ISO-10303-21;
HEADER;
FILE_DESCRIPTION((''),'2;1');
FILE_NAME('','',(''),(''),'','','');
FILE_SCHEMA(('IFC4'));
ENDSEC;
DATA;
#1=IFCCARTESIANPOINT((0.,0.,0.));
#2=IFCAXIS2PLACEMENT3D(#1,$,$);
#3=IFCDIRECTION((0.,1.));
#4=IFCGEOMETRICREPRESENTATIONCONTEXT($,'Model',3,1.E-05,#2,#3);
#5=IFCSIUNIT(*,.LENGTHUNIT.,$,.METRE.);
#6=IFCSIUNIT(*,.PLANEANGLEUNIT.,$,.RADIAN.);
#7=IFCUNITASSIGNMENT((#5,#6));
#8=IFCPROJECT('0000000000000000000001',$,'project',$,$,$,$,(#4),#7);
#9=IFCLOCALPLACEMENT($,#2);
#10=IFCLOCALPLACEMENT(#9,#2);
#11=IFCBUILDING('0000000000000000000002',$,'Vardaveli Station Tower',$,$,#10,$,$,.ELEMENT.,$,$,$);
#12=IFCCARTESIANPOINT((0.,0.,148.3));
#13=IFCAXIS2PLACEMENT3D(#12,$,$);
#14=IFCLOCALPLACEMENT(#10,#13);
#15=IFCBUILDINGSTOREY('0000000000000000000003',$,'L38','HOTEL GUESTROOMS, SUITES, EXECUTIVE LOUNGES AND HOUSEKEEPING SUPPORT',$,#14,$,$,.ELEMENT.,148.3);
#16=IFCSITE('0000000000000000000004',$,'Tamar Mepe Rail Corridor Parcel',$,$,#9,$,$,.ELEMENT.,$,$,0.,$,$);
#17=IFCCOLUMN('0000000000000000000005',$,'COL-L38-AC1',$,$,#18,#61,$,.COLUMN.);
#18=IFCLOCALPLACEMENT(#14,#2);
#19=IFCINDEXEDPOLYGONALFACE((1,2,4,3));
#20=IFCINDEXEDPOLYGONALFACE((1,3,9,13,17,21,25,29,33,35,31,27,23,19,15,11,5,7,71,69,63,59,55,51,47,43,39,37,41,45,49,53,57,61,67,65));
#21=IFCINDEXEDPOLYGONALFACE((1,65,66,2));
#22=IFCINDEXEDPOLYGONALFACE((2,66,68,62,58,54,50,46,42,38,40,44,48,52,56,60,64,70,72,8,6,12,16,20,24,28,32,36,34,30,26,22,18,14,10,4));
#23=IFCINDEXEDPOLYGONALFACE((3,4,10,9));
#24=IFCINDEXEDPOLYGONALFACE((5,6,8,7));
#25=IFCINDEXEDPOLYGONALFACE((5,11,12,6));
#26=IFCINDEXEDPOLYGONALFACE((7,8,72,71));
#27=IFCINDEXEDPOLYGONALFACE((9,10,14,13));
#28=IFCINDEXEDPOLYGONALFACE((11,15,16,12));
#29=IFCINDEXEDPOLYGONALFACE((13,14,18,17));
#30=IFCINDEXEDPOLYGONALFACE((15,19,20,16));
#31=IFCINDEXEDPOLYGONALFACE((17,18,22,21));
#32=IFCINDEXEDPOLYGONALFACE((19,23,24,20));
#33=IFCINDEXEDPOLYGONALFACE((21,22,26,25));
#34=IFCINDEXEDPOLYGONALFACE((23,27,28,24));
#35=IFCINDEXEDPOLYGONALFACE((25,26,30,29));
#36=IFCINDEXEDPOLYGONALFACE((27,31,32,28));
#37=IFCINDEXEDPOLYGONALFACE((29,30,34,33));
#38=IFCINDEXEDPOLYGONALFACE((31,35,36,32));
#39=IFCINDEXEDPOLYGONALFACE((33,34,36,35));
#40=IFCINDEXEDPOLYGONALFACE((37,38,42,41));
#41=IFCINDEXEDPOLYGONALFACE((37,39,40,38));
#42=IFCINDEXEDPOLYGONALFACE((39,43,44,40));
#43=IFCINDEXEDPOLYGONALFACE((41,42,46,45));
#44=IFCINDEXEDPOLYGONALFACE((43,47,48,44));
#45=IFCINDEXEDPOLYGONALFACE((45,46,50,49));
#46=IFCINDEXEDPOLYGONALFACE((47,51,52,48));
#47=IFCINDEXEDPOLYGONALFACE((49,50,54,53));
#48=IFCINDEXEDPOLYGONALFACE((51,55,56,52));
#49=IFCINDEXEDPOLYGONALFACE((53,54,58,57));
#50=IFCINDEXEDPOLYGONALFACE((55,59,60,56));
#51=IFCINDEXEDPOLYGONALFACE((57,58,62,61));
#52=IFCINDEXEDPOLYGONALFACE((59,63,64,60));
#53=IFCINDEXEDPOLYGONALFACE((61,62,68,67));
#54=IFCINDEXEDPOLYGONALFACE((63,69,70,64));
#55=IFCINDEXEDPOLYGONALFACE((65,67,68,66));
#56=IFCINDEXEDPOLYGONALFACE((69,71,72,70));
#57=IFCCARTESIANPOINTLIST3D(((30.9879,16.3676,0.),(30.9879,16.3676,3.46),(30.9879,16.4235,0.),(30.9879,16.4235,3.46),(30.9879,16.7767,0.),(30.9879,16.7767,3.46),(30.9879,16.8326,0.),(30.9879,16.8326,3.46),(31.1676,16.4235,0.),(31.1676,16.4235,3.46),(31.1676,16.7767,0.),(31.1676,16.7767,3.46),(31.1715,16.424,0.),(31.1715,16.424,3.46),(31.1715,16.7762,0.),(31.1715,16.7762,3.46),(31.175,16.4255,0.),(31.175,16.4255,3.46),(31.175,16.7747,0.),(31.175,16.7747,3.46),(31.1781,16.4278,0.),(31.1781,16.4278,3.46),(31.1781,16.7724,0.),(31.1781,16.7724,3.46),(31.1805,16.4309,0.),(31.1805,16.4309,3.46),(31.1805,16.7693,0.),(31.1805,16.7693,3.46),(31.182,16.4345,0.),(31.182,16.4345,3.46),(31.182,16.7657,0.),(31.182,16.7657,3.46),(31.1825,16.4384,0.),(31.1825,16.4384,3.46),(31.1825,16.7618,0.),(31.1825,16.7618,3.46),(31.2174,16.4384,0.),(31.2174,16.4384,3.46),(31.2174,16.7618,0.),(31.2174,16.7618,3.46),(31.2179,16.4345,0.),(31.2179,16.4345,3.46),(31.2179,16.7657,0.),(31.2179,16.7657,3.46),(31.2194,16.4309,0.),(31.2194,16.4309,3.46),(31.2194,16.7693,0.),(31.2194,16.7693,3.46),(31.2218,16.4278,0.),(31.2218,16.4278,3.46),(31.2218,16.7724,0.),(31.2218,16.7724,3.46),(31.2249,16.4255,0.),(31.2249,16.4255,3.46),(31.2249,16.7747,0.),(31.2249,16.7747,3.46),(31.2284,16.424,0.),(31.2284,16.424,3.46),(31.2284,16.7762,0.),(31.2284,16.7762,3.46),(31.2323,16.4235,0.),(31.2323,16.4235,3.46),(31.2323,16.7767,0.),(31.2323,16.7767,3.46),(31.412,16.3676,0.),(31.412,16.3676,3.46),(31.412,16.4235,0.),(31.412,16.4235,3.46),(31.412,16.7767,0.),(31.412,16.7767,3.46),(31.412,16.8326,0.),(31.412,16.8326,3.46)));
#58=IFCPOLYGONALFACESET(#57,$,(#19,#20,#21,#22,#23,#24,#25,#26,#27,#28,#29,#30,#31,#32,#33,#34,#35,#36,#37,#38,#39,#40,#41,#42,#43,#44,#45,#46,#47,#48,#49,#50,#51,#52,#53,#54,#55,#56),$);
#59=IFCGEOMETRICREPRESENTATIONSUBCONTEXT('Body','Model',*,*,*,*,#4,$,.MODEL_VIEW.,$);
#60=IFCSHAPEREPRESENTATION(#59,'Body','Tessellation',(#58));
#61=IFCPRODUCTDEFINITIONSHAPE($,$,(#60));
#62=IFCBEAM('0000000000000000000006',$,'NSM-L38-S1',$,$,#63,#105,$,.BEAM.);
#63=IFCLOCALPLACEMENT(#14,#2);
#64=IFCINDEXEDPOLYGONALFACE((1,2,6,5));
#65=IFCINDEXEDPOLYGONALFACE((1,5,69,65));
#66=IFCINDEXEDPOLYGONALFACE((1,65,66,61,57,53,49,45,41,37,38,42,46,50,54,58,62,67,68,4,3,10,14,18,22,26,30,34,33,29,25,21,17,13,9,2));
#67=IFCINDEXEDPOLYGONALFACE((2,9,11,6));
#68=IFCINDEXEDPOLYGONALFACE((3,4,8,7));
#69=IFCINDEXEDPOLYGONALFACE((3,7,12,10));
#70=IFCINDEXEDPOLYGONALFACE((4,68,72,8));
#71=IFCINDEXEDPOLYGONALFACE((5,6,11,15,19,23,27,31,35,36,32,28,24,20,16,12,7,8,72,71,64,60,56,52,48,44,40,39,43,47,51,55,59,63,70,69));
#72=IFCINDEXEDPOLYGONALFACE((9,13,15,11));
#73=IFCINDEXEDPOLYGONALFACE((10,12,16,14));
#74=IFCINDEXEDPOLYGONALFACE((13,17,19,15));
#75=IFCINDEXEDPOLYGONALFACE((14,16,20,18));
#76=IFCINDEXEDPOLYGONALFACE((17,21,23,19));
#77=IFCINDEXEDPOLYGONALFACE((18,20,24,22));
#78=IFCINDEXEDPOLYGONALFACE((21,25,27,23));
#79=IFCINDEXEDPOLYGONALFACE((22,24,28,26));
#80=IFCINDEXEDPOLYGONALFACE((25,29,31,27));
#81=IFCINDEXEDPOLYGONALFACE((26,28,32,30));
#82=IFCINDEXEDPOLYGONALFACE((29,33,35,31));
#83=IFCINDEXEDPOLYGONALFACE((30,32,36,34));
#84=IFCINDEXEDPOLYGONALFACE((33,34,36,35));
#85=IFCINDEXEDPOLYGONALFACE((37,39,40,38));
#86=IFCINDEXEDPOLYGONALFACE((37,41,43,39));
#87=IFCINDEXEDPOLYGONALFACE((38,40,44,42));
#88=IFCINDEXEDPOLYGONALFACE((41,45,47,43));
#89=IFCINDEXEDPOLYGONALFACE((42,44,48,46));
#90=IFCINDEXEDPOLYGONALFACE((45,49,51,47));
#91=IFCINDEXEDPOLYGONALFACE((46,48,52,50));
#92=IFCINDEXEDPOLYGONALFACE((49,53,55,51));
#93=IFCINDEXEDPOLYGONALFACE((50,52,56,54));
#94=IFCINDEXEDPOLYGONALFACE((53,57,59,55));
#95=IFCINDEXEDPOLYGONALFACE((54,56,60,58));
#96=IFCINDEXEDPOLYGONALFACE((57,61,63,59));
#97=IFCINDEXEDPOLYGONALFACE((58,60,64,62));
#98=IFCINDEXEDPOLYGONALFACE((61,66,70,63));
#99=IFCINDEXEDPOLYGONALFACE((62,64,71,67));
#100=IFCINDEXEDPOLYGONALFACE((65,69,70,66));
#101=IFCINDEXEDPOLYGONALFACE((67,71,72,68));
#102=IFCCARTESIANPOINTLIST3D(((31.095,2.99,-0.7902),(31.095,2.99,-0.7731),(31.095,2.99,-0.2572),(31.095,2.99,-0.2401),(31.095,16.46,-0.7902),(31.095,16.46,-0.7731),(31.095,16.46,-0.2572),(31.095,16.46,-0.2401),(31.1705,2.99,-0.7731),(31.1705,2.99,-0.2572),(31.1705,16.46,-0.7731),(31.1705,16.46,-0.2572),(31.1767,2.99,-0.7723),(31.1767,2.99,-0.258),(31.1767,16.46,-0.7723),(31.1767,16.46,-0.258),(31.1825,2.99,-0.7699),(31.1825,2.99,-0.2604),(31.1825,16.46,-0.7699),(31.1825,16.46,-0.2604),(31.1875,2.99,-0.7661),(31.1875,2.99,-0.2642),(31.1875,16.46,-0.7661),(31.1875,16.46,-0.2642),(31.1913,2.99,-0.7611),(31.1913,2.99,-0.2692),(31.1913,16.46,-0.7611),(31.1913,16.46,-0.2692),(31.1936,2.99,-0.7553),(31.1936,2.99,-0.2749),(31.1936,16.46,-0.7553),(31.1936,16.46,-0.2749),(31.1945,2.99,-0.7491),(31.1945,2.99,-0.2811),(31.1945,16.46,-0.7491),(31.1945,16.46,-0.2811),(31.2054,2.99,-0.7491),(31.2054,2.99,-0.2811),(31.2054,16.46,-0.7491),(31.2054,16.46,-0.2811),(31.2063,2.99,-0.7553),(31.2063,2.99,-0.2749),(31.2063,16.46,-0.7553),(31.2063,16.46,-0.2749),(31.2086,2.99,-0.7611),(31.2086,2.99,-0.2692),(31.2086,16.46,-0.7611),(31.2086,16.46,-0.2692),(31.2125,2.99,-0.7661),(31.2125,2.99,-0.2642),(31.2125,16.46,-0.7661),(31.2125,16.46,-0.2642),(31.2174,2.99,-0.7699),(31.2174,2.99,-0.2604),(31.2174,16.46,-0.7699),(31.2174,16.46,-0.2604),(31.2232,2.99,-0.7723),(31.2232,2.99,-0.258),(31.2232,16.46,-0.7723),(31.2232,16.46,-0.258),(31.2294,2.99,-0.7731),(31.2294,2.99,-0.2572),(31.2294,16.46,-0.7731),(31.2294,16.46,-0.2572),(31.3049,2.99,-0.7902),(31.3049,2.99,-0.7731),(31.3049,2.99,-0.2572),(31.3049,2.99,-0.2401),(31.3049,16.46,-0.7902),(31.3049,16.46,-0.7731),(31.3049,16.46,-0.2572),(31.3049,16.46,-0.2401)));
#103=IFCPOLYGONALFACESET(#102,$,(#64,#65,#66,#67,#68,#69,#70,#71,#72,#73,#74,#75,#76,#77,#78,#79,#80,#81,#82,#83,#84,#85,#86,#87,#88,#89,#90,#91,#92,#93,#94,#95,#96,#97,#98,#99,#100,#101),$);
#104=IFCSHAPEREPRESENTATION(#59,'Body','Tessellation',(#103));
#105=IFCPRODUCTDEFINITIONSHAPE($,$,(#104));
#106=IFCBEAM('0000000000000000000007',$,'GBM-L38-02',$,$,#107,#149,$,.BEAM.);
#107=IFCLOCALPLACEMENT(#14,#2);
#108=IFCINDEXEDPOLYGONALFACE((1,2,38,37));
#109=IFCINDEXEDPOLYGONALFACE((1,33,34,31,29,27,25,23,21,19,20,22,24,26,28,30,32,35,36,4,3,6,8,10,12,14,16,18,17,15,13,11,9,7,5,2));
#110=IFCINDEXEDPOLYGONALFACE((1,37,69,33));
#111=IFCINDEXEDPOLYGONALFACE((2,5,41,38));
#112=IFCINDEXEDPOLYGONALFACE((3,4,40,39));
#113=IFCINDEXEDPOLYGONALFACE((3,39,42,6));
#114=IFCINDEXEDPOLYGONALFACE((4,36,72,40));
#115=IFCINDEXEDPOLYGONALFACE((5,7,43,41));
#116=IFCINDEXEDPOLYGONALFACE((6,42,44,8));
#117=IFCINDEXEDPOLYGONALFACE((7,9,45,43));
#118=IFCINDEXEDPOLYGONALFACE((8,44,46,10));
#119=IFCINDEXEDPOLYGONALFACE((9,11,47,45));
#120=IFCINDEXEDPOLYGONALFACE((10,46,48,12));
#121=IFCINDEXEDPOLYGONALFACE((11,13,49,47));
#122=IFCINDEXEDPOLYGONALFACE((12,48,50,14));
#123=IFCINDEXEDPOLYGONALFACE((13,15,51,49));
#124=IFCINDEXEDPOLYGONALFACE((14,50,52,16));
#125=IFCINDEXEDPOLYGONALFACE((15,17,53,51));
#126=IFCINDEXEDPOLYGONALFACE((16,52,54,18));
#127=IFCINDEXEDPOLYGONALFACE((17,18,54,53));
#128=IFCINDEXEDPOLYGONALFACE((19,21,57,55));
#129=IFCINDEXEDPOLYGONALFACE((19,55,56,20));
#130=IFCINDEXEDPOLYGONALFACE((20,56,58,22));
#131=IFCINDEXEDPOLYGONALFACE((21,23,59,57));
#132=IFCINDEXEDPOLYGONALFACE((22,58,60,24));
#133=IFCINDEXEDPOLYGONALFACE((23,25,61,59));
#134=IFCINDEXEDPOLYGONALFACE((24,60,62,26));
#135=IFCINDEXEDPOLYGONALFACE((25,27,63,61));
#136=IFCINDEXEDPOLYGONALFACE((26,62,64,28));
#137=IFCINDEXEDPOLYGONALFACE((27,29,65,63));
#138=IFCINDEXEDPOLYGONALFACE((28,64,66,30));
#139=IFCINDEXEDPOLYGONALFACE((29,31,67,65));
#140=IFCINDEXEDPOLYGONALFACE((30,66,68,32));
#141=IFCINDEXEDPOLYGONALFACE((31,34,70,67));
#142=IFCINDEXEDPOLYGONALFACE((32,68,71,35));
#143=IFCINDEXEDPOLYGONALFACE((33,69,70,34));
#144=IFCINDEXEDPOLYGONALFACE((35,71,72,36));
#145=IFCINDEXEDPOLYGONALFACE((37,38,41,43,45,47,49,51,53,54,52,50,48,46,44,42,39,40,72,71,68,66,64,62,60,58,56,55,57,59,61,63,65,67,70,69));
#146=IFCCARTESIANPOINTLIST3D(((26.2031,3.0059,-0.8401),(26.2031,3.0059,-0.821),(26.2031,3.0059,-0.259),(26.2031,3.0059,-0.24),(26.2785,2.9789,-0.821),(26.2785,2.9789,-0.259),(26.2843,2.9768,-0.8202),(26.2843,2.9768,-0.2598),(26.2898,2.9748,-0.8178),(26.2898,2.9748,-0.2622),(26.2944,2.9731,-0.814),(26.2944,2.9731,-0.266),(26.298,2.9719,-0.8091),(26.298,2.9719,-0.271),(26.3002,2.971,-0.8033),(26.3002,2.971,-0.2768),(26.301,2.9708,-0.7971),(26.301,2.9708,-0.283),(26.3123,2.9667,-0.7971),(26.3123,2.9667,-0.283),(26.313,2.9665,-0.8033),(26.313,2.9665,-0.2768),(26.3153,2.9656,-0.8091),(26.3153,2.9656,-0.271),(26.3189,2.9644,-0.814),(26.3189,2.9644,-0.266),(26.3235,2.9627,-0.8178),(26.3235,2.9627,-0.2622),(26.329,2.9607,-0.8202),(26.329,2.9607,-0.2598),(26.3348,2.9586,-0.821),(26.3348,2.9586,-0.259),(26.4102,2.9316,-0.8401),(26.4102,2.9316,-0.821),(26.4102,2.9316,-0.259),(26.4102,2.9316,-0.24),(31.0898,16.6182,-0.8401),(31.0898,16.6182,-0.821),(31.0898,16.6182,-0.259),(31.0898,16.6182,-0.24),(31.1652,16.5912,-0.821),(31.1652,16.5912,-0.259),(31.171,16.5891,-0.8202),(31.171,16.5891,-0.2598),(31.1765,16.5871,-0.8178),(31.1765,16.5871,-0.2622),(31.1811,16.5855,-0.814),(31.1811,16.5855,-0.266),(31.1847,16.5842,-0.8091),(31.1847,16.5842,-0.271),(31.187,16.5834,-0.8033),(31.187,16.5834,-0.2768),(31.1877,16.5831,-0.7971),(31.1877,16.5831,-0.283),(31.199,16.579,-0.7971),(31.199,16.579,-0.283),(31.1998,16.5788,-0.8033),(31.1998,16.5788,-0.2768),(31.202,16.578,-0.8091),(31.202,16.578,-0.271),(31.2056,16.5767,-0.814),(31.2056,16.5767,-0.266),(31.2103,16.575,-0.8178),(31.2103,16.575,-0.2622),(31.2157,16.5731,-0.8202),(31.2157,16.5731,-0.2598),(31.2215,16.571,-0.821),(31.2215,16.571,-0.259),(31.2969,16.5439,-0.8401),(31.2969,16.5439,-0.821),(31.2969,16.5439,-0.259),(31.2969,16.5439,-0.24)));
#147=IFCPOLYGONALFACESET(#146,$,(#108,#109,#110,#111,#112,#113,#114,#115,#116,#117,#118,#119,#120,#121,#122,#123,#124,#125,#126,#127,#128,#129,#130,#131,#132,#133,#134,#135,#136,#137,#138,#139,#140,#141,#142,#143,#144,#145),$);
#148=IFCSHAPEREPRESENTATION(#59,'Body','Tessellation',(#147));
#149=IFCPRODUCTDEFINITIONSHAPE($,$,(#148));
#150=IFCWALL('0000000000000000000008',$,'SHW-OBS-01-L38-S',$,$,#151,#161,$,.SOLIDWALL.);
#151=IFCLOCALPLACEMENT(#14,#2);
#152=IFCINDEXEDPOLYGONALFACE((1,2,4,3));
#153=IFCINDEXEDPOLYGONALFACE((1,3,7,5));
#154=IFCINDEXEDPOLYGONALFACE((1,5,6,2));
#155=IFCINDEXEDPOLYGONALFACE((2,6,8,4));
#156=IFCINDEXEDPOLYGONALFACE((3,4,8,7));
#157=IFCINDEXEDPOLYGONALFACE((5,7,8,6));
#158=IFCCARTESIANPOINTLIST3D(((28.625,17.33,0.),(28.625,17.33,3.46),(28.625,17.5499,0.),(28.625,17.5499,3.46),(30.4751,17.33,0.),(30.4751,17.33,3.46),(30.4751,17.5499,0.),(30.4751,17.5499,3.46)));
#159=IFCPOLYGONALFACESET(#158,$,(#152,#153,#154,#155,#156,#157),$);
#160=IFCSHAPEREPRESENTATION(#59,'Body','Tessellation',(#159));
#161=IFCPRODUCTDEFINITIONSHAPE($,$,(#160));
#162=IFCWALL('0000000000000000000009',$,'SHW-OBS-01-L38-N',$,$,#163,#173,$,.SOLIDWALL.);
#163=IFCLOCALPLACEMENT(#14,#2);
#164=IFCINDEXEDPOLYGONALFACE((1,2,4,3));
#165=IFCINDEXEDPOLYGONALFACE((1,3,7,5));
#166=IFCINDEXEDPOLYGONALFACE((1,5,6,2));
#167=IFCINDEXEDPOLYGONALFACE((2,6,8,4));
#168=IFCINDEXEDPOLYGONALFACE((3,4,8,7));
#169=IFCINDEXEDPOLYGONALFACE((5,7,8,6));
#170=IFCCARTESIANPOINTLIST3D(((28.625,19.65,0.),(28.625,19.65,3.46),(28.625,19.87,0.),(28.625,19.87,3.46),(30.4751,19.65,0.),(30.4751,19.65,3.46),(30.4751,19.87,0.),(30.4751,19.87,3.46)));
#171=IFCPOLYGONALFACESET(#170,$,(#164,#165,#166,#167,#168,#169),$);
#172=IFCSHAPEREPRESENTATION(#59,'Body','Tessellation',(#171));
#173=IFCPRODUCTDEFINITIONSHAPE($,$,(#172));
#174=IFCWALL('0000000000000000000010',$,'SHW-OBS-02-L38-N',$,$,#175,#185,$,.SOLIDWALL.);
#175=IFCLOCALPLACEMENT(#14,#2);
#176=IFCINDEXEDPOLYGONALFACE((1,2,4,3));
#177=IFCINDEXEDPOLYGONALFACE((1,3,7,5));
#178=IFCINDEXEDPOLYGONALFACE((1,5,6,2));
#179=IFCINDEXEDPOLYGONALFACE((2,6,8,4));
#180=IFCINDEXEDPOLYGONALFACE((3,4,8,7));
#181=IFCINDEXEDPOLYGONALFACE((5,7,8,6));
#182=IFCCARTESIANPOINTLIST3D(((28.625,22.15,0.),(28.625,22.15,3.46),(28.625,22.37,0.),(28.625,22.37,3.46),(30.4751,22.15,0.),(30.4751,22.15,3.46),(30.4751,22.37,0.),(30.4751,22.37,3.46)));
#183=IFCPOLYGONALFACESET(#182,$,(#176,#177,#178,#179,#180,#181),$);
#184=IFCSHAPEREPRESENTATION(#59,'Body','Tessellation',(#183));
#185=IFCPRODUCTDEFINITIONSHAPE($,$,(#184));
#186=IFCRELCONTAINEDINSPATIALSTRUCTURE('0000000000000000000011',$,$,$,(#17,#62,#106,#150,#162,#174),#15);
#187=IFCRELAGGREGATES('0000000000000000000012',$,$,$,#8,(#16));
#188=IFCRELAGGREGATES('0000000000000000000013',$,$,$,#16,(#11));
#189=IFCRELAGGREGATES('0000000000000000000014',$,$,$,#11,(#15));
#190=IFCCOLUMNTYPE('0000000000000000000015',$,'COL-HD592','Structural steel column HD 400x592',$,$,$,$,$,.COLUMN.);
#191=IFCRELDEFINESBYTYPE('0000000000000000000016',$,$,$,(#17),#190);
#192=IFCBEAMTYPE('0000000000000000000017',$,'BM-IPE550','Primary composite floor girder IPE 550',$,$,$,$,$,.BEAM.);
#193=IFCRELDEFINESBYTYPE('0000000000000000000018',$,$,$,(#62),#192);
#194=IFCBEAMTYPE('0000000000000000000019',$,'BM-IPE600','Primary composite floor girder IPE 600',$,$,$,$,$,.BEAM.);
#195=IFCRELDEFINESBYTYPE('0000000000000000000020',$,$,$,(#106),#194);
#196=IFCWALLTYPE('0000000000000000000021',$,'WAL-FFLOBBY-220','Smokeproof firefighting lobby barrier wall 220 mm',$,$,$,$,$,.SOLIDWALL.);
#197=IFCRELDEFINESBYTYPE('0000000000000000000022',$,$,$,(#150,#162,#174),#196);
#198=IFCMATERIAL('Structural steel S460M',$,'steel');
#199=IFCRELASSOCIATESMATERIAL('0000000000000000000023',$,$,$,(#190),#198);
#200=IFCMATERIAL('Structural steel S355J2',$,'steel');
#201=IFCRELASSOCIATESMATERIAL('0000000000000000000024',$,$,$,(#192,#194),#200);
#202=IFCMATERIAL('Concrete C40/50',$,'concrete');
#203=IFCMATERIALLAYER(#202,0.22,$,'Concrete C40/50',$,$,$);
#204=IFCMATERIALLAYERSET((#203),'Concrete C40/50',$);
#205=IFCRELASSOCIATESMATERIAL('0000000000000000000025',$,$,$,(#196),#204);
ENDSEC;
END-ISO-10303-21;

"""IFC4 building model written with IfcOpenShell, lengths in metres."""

from ifc_helpers import new_model, si_unit, direction, frame, frame_2d, origin, origin_2d, place, context, subcontext, project, spatial, rectangle, i_section, extrude, source, transform, mapped, material, layer, layer_set, material_profile, profile_set, type_object, element, save


model = new_model("IFC4")

# Units and contexts
model_context = context("Model", 3, precision=1e-05, world=origin(), true_north=direction((0.0, 1.0)))
body_context = subcontext(model_context, "Body", "Model", "MODEL_VIEW")
ifc_project = project(units=[si_unit("LENGTHUNIT", "METRE"), si_unit("PLANEANGLEUNIT", "RADIAN")], contexts=[model_context])

# Site, building, storey
site_placement = place(None, origin())
site = spatial("IfcSite", under=ifc_project, at=site_placement, Name="Tamar Mepe Rail Corridor Parcel", CompositionType="ELEMENT", RefElevation=0.0)
building_placement = place(site_placement, origin())
building = spatial("IfcBuilding", under=site, at=building_placement, Name="Vardaveli Station Tower", CompositionType="ELEMENT")
storey_placement = place(building_placement, frame((0.0, 0.0, 148.3)))
storey = spatial("IfcBuildingStorey", under=building, at=storey_placement, Name="L38", Description="HOTEL GUESTROOMS, SUITES, EXECUTIVE LOUNGES AND HOUSEKEEPING SUPPORT", CompositionType="ELEMENT", Elevation=148.3)

# Column
ifc_material_1 = material(Name="Structural steel S460M", Category="steel")
ifc_material_profile_1 = material_profile(ifc_material_1, i_section(OverallWidth=0.4241, OverallDepth=0.4651, WebThickness=0.0349, FlangeThickness=0.0559, FilletRadius=0.0149, at=origin_2d()), Name="HD 400x592")
ifc_profile_set_1 = profile_set([ifc_material_profile_1], Name="Structural steel S460M")
column_type = type_object("IfcColumnType", Name="COL-HD592", Description="Structural steel column HD 400x592", PredefinedType="COLUMN", material=ifc_profile_set_1)
shared_shape_1 = source(origin(), body_context, "Body", "SweptSolid", [
    extrude(i_section(OverallWidth=0.4241, OverallDepth=0.4651, WebThickness=0.0349, FlangeThickness=0.0559, FilletRadius=0.0149, at=origin_2d()), origin(), (0.0, 0.0, 1.0), 3.46),
])
column_placement = place(storey_placement, frame((31.2, 16.6001, 0.0), z_axis=(0.0, 0.0, 1.0), x_axis=(1.0, 0.0, 0.0)))
element("IfcColumn", 1, at=column_placement, inside=storey, type_object=column_type, Name="COL-L38-AC1", PredefinedType="COLUMN", context=body_context, shape_type="MappedRepresentation", body=[
    mapped(shared_shape_1, transform((0.0, 0.0, 0.0), scale=1.0)),
])

# Beams
ifc_material_2 = material(Name="Structural steel S355J2", Category="steel")
ifc_material_profile_2 = material_profile(ifc_material_2, i_section(OverallWidth=0.21, OverallDepth=0.55, WebThickness=0.011, FlangeThickness=0.0171, FilletRadius=0.0239, at=origin_2d()), Name="IPE 550")
ifc_profile_set_2 = profile_set([ifc_material_profile_2], Name="Structural steel S355J2")
beam_type_1 = type_object("IfcBeamType", Name="BM-IPE550", Description="Primary composite floor girder IPE 550", PredefinedType="BEAM", material=ifc_profile_set_2)
shared_shape_2 = source(origin(), body_context, "Body", "SweptSolid", [
    extrude(i_section(OverallWidth=0.21, OverallDepth=0.55, WebThickness=0.011, FlangeThickness=0.0171, FilletRadius=0.0239, at=origin_2d()), origin(), (0.0, 0.0, 1.0), 13.47),
])
beam_1_placement = place(storey_placement, frame((31.2, 2.99, -0.5151), z_axis=(0.0, 1.0, 0.0), x_axis=(-1.0, 0.0, 0.0)))
element("IfcBeam", 2, at=beam_1_placement, inside=storey, type_object=beam_type_1, Name="NSM-L38-S1", PredefinedType="BEAM", context=body_context, shape_type="MappedRepresentation", body=[
    mapped(shared_shape_2, transform((0.0, 0.0, 0.0), scale=1.0)),
])
ifc_material_profile_3 = material_profile(ifc_material_2, i_section(OverallWidth=0.22, OverallDepth=0.6001, WebThickness=0.012, FlangeThickness=0.019, FilletRadius=0.0239, at=origin_2d()), Name="IPE 600")
ifc_profile_set_3 = profile_set([ifc_material_profile_3], Name="Structural steel S355J2")
beam_type_2 = type_object("IfcBeamType", Name="BM-IPE600", Description="Primary composite floor girder IPE 600", PredefinedType="BEAM", material=ifc_profile_set_3)
shared_shape_3 = source(origin(), body_context, "Body", "SweptSolid", [
    extrude(i_section(OverallWidth=0.22, OverallDepth=0.6001, WebThickness=0.012, FlangeThickness=0.019, FilletRadius=0.0239, at=origin_2d()), origin(), (0.0, 0.0, 1.0), 14.4629),
])
beam_2_placement = place(storey_placement, frame((26.3066, 2.9688, -0.54), z_axis=(0.33788, 0.941189, 0.0), x_axis=(-0.941189, 0.33788, 0.0)))
element("IfcBeam", 3, at=beam_2_placement, inside=storey, type_object=beam_type_2, Name="GBM-L38-02", PredefinedType="BEAM", context=body_context, shape_type="MappedRepresentation", body=[
    mapped(shared_shape_3, transform((0.0, 0.0, 0.0), scale=1.0)),
])

# Walls
ifc_material_3 = material(Name="Concrete C40/50", Category="concrete")
ifc_layer_1 = layer(ifc_material_3, 0.22, Name="Concrete C40/50")
ifc_layer_set_1 = layer_set([ifc_layer_1], Name="Concrete C40/50")
wall_type_1 = type_object("IfcWallType", Name="WAL-FFLOBBY-220", Description="Smokeproof firefighting lobby barrier wall 220 mm", PredefinedType="SOLIDWALL", material=ifc_layer_set_1)
shared_shape_4 = source(origin(), body_context, "Body", "SweptSolid", [
    extrude(rectangle(XDim=1.8501, YDim=0.22, at=frame_2d((0.925, 0.0))), origin(), (0.0, 0.0, 1.0), 3.46),
])
for number, where, z_axis, x_axis, name in (
    (4, (28.625, 17.4399, 0.0), (0.0, 0.0, 1.0), (1.0, 0.0, 0.0), "SHW-OBS-01-L38-S"),
    (5, (28.625, 19.76, 0.0), (0.0, 0.0, 1.0), (1.0, 0.0, 0.0), "SHW-OBS-01-L38-N"),
    (6, (28.625, 22.26, 0.0), (0.0, 0.0, 1.0), (1.0, 0.0, 0.0), "SHW-OBS-02-L38-N"),
):
    element("IfcWall", number, at=place(storey_placement, frame(where, z_axis=z_axis, x_axis=x_axis)), inside=storey, type_object=wall_type_1, Name=name, PredefinedType="SOLIDWALL", context=body_context, shape_type="MappedRepresentation", body=[
        mapped(shared_shape_4, transform((0.0, 0.0, 0.0), scale=1.0)),
    ])

save(model, "model.ifc")
